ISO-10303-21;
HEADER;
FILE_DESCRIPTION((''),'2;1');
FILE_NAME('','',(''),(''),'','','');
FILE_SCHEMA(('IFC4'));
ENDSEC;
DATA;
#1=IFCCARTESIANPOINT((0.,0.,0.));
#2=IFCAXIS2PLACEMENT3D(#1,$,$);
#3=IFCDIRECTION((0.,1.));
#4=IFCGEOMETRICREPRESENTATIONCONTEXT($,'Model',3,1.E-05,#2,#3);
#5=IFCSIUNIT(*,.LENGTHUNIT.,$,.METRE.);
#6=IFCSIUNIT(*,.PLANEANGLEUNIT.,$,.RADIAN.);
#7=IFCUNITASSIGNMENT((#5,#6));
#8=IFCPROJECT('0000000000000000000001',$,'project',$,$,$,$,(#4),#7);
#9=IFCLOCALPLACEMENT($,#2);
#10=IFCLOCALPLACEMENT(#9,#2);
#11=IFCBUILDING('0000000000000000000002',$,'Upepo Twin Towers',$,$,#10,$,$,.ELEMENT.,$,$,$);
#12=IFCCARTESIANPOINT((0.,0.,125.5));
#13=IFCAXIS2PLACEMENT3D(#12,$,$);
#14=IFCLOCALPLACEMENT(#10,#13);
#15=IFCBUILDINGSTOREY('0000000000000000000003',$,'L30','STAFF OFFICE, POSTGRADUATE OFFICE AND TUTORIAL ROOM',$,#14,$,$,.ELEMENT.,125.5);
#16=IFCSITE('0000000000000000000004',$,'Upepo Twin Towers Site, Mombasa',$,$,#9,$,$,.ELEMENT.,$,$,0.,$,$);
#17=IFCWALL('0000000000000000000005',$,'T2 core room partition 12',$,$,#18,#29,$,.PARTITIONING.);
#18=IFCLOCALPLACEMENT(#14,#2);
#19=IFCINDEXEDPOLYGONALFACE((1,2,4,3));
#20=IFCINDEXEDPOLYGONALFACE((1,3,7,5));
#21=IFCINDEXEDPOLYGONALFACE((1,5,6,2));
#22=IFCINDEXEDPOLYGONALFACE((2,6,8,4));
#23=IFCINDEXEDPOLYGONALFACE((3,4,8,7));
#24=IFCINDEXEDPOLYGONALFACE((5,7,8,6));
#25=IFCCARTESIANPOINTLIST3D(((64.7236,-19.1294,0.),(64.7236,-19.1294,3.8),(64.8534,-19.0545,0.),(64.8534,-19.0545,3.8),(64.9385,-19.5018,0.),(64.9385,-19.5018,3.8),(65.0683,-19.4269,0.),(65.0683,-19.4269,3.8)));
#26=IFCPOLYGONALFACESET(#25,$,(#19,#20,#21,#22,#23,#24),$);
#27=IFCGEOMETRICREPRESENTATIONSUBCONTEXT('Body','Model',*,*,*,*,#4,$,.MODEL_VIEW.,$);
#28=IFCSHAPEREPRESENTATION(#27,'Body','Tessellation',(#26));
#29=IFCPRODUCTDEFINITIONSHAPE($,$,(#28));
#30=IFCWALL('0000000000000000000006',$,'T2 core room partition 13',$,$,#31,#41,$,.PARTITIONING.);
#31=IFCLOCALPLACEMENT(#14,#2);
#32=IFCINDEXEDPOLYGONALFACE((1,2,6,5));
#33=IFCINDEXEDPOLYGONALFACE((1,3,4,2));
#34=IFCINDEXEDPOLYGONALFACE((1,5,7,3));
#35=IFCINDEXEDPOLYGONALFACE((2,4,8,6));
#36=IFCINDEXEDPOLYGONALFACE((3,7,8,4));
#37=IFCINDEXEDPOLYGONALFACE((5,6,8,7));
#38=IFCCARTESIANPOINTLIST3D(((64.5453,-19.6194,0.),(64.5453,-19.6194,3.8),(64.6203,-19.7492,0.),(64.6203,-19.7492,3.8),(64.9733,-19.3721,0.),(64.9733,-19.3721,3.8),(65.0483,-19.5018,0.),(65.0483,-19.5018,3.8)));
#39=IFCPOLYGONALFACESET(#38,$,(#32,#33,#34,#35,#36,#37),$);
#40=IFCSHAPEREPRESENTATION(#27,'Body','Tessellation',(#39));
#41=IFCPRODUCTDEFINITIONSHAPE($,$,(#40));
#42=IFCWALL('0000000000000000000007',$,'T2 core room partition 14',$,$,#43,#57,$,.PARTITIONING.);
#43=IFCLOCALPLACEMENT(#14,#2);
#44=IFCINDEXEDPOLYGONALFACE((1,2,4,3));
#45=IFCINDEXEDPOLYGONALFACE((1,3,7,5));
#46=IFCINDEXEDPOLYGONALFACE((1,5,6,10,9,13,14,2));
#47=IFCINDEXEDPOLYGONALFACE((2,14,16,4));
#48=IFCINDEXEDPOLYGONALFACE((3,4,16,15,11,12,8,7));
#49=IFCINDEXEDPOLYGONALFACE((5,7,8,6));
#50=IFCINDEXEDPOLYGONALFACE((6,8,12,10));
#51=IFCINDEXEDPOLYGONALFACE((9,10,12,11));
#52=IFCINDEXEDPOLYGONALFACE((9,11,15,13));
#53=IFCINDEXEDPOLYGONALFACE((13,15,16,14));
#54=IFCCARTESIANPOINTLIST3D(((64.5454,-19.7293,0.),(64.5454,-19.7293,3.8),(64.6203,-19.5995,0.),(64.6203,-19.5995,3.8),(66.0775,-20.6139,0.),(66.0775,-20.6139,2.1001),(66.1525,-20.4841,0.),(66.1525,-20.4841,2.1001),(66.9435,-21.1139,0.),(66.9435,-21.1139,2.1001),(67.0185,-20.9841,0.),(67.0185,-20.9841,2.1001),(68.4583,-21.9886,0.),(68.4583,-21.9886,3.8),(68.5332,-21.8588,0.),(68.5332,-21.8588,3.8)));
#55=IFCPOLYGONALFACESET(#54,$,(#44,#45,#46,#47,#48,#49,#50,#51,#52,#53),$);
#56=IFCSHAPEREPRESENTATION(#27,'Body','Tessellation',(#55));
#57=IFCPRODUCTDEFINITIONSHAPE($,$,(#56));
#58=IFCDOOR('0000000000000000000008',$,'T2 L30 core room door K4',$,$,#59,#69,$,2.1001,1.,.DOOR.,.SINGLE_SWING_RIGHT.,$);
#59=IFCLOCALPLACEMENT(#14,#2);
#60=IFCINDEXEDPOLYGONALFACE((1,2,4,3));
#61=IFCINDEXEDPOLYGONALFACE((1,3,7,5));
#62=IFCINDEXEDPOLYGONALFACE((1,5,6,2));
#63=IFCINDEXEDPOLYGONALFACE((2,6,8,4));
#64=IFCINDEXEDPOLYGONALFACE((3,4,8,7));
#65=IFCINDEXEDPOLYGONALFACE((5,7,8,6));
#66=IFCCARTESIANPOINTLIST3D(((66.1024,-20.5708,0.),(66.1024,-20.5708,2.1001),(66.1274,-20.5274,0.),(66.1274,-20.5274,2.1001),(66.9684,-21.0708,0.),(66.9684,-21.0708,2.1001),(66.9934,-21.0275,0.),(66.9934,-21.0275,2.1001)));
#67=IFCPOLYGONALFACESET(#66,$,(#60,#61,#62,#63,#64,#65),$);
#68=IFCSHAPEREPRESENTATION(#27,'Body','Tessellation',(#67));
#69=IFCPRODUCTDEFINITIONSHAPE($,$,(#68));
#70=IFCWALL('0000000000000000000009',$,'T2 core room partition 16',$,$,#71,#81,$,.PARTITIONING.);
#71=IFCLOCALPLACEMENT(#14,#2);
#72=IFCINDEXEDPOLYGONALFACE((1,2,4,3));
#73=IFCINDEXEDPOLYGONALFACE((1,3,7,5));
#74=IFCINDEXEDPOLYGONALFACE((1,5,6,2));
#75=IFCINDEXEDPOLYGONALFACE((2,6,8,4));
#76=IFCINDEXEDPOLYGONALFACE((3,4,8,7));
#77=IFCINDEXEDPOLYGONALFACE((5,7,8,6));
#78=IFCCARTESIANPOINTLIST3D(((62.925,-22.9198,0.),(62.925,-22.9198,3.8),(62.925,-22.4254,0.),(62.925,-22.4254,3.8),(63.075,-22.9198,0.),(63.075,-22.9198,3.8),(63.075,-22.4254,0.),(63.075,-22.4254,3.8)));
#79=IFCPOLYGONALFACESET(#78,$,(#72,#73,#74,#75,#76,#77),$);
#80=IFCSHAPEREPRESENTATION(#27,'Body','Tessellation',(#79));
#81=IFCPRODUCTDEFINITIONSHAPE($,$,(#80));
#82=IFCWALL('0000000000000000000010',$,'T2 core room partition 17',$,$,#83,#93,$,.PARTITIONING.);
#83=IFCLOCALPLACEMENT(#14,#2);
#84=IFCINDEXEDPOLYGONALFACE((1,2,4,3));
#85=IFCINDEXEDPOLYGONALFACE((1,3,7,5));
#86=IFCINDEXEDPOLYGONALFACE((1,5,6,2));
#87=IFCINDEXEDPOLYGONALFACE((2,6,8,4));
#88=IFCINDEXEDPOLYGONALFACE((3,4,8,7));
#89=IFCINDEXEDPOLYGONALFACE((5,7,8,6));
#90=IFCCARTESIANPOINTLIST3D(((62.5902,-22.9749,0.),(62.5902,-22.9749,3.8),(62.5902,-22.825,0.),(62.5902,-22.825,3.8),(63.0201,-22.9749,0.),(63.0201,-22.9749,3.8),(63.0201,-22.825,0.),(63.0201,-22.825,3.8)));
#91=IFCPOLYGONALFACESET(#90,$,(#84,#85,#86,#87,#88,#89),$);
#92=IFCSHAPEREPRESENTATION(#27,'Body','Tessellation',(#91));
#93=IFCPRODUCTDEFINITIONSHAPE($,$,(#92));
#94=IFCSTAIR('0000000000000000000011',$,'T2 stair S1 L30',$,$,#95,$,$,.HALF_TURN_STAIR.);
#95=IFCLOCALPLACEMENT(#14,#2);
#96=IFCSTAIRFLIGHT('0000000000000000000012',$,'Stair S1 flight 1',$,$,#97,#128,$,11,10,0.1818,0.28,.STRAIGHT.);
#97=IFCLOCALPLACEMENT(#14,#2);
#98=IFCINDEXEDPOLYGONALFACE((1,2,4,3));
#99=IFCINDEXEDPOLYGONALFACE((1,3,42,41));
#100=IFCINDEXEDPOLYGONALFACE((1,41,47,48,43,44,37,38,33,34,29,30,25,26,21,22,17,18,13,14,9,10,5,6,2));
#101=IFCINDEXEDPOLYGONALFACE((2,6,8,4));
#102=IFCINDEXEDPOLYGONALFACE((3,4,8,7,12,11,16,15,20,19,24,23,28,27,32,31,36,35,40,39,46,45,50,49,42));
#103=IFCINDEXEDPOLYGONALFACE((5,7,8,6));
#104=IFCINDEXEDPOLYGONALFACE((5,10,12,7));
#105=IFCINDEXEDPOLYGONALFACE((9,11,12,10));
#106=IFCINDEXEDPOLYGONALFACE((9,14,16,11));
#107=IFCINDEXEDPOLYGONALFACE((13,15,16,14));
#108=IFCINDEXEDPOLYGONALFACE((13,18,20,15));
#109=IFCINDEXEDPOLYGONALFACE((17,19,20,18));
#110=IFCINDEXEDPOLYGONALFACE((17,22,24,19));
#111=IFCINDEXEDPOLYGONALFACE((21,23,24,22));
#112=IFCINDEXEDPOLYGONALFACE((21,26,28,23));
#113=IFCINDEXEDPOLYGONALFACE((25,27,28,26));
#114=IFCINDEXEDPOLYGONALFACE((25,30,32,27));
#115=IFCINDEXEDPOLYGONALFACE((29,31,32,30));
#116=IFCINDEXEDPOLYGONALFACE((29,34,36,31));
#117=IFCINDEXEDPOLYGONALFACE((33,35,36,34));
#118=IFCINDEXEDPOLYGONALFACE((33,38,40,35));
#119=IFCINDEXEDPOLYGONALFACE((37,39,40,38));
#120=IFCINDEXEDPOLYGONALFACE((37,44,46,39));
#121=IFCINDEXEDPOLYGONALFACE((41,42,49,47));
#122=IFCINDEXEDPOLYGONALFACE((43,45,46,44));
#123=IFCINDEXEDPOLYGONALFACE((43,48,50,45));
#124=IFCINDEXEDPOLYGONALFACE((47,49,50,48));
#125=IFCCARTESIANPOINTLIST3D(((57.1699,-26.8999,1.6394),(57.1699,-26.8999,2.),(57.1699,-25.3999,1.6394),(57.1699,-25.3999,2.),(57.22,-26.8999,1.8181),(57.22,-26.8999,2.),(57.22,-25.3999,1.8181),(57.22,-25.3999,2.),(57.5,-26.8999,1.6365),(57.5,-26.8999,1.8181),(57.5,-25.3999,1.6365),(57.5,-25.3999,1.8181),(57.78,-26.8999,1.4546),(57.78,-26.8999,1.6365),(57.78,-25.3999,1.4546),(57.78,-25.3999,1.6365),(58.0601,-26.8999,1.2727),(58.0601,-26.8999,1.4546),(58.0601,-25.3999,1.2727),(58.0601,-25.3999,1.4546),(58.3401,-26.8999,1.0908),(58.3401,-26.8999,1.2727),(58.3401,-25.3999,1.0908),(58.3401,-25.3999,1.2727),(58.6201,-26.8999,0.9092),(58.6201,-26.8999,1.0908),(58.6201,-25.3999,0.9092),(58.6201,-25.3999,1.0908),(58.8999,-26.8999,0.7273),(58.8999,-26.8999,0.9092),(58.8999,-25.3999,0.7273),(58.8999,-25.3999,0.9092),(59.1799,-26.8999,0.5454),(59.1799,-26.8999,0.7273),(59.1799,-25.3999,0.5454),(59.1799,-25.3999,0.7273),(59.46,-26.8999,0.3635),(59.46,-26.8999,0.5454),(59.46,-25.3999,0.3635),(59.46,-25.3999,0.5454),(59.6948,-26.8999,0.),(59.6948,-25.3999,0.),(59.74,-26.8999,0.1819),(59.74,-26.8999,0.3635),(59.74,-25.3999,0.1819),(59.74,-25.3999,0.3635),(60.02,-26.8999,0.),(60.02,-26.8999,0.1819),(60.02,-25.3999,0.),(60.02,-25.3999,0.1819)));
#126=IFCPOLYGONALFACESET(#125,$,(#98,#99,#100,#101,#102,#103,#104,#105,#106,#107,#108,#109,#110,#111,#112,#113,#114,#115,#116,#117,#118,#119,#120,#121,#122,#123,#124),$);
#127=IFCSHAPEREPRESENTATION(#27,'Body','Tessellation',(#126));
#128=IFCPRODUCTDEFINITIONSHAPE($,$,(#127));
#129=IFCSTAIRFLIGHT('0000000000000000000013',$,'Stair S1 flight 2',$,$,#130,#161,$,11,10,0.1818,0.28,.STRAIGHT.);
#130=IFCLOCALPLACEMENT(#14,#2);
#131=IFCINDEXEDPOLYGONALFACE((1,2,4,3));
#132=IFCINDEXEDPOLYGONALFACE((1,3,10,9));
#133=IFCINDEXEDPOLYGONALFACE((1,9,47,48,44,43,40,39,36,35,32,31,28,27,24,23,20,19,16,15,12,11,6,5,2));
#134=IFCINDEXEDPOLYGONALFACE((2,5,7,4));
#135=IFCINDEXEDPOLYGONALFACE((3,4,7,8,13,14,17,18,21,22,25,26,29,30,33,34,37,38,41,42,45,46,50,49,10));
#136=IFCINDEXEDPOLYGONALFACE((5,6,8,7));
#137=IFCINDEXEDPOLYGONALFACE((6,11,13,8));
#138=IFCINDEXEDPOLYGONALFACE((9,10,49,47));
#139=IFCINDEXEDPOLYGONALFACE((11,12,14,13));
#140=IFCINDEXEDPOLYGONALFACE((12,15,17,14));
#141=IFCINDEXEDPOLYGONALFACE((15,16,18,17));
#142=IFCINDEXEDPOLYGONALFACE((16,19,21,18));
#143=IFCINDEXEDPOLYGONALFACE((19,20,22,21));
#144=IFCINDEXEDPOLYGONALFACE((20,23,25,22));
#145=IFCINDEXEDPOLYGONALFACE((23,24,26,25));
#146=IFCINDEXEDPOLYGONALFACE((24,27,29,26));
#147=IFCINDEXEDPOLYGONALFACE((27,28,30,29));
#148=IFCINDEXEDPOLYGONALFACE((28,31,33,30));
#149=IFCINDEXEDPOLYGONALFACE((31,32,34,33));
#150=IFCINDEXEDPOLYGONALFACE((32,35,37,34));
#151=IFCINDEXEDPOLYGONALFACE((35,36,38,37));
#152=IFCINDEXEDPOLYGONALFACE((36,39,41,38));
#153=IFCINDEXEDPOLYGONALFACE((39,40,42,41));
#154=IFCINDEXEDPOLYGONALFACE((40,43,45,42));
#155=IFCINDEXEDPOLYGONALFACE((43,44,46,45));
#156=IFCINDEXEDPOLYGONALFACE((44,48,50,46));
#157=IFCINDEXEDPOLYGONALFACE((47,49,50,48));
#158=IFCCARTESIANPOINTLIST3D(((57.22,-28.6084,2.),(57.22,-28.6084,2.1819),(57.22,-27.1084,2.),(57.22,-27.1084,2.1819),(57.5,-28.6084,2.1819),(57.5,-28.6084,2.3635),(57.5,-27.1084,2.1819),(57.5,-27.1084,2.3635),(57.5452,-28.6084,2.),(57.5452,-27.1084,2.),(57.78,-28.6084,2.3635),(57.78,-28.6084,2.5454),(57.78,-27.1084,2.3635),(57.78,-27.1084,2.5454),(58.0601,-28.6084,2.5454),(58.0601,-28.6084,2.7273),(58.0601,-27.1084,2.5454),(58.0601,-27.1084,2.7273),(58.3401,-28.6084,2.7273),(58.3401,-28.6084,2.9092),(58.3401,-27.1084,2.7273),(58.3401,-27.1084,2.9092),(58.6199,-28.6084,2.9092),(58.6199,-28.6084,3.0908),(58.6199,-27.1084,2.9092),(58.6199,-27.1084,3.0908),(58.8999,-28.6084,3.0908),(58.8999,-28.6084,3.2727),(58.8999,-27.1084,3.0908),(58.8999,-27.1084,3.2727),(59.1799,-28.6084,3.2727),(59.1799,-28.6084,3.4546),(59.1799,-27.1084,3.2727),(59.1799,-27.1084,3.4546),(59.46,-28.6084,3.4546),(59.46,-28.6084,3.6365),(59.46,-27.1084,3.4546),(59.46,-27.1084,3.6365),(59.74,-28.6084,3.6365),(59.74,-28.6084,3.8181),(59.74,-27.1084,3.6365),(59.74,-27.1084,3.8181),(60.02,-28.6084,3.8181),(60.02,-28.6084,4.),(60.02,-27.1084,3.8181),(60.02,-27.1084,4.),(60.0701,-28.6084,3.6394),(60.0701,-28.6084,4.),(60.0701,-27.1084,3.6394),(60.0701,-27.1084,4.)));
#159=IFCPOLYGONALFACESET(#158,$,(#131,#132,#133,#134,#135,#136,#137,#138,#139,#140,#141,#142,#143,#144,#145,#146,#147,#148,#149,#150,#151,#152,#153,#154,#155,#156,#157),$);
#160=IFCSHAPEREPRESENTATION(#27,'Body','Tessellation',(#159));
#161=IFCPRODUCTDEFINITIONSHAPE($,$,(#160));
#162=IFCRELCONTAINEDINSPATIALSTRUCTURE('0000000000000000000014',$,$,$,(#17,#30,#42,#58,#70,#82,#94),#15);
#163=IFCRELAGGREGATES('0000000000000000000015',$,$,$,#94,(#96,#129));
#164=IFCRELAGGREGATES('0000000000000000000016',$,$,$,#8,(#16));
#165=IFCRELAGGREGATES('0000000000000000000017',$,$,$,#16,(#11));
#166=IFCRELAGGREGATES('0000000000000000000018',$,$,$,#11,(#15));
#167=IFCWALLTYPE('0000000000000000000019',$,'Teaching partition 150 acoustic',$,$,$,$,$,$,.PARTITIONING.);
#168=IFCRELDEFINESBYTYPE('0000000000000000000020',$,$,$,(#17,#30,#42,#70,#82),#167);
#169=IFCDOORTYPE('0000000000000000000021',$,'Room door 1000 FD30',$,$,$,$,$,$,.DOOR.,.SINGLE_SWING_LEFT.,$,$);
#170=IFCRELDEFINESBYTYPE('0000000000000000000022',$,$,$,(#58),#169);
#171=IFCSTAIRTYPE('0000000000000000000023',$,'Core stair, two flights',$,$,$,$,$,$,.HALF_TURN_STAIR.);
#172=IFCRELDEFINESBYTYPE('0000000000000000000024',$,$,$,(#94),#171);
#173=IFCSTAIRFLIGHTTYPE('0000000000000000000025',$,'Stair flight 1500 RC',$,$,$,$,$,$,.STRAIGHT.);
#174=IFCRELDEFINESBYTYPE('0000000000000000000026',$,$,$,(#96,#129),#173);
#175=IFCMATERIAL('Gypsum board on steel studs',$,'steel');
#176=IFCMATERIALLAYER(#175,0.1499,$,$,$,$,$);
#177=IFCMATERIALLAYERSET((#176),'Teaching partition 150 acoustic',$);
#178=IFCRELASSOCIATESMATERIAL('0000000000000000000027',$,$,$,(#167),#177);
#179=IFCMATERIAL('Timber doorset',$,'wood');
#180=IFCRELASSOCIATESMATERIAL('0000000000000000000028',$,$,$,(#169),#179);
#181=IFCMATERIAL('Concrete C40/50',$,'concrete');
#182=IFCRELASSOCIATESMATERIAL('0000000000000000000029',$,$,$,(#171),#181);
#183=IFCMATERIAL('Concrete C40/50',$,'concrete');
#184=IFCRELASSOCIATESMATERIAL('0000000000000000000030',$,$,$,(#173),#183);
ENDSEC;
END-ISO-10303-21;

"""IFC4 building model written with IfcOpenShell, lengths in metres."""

from ifc_helpers import new_model, si_unit, direction, frame, frame_2d, origin, place, context, subcontext, project, spatial, polyline, rectangle, outline, extrude, material, layer, layer_set, type_object, element, fill, aggregate, save


model = new_model("IFC4")

# Units and contexts
model_context = context("Model", 3, precision=1e-05, world=origin(), true_north=direction((0.0, 1.0)))
body_context = subcontext(model_context, "Body", "Model", "MODEL_VIEW")
ifc_project = project(units=[si_unit("LENGTHUNIT", "METRE"), si_unit("PLANEANGLEUNIT", "RADIAN")], contexts=[model_context])

# Site, building, storey
site_placement = place(None, origin())
site = spatial("IfcSite", under=ifc_project, at=site_placement, Name="Upepo Twin Towers Site, Mombasa", CompositionType="ELEMENT", RefElevation=0.0)
building_placement = place(site_placement, origin())
building = spatial("IfcBuilding", under=site, at=building_placement, Name="Upepo Twin Towers", CompositionType="ELEMENT")
storey_placement = place(building_placement, frame((0.0, 0.0, 125.5)))
storey = spatial("IfcBuildingStorey", under=building, at=storey_placement, Name="L30", Description="STAFF OFFICE, POSTGRADUATE OFFICE AND TUTORIAL ROOM", CompositionType="ELEMENT", Elevation=125.5)

# Walls
ifc_material_1 = material(Name="Gypsum board on steel studs", Category="steel")
ifc_layer_1 = layer(ifc_material_1, 0.1499)
ifc_layer_set_1 = layer_set([ifc_layer_1], Name="Teaching partition 150 acoustic")
wall_type_1 = type_object("IfcWallType", Name="Teaching partition 150 acoustic", PredefinedType="PARTITIONING", material=ifc_layer_set_1)
wall_1_placement = place(storey_placement, frame((64.7886, -19.092, 0.0), z_axis=(0.0, 0.0, 1.0), x_axis=(0.499804, -0.866138, 0.0)))
element("IfcWall", 1, at=wall_1_placement, inside=storey, type_object=wall_type_1, Name="T2 core room partition 12", PredefinedType="PARTITIONING", context=body_context, shape_type="SweptSolid", body=[
    extrude(rectangle(XDim=0.4299, YDim=0.1499, at=frame_2d((0.2148, 0.0))), origin(), (0.0, 0.0, 1.0), 3.8),
])
wall_2_placement = place(storey_placement, frame((65.0107, -19.437, 0.0), z_axis=(0.0, 0.0, 1.0), x_axis=(-0.865832, -0.500335, 0.0)))
element("IfcWall", 2, at=wall_2_placement, inside=storey, type_object=wall_type_1, Name="T2 core room partition 13", PredefinedType="PARTITIONING", context=body_context, shape_type="SweptSolid", body=[
    extrude(rectangle(XDim=0.4944, YDim=0.1499, at=frame_2d((0.2471, 0.0))), origin(), (0.0, 0.0, 1.0), 3.8),
])

# Wall, opening, door
wall_3_placement = place(storey_placement, frame((64.5828, -19.6643, 0.0), z_axis=(0.0, 0.0, 1.0), x_axis=(0.866007, -0.500033, 0.0)))
wall_3 = element("IfcWall", 3, at=wall_3_placement, inside=storey, type_object=wall_type_1, Name="T2 core room partition 14", PredefinedType="PARTITIONING", context=body_context, shape_type="SweptSolid", body=[
    extrude(rectangle(XDim=4.5183, YDim=0.1499, at=frame_2d((2.2593, 0.0))), origin(), (0.0, 0.0, 1.0), 3.8),
])
opening_1_placement = place(wall_3_placement, frame((1.7693, 0.0, 0.0)))
opening_1 = element("IfcOpeningElement", 4, at=opening_1_placement, cuts=wall_3, PredefinedType="OPENING", context=body_context, shape_type="SweptSolid", body=[
    extrude(rectangle(XDim=1.0, YDim=2.1001, at=frame_2d((0.5, 1.05))), frame((0.0, 0.085, 0.0), z_axis=(0.0, -1.0, 0.0), x_axis=(1.0, 0.0, 0.0)), (0.0, 0.0, 1.0), 0.1699),
])
ifc_material_2 = material(Name="Timber doorset", Category="wood")
door_type_1 = type_object("IfcDoorType", Name="Room door 1000 FD30", OperationType="SINGLE_SWING_LEFT", PredefinedType="DOOR", material=ifc_material_2)
door_1_placement = place(opening_1_placement, origin())
door_1 = element("IfcDoor", 5, at=door_1_placement, inside=storey, type_object=door_type_1, Name="T2 L30 core room door K4", OperationType="SINGLE_SWING_RIGHT", OverallHeight=2.1001, OverallWidth=1.0, PredefinedType="DOOR", context=body_context, shape_type="SweptSolid", body=[
    extrude(rectangle(XDim=1.0, YDim=2.1001, at=frame_2d((0.5, 1.05))), frame((0.0, 0.0249, 0.0), z_axis=(0.0, -1.0, 0.0), x_axis=(1.0, 0.0, 0.0)), (0.0, 0.0, 1.0), 0.05),
])
fill(opening_1, door_1)

# Walls
wall_4_placement = place(storey_placement, frame((63.0, -22.4255, 0.0), z_axis=(0.0, 0.0, 1.0), x_axis=(0.0, -1.0, 0.0)))
element("IfcWall", 6, at=wall_4_placement, inside=storey, type_object=wall_type_1, Name="T2 core room partition 16", PredefinedType="PARTITIONING", context=body_context, shape_type="SweptSolid", body=[
    extrude(rectangle(XDim=0.4944, YDim=0.1499, at=frame_2d((0.2471, 0.0))), origin(), (0.0, 0.0, 1.0), 3.8),
])
wall_5_placement = place(storey_placement, frame((63.02, -22.8999, 0.0), z_axis=(0.0, 0.0, 1.0), x_axis=(-1.0, 0.0, 0.0)))
element("IfcWall", 7, at=wall_5_placement, inside=storey, type_object=wall_type_1, Name="T2 core room partition 17", PredefinedType="PARTITIONING", context=body_context, shape_type="SweptSolid", body=[
    extrude(rectangle(XDim=0.4299, YDim=0.1499, at=frame_2d((0.2148, 0.0))), origin(), (0.0, 0.0, 1.0), 3.8),
])

# Stair, stair flights
ifc_material_3 = material(Name="Concrete C40/50", Category="concrete")
stair_type = type_object("IfcStairType", Name="Core stair, two flights", PredefinedType="HALF_TURN_STAIR", material=ifc_material_3)
stair_placement = place(storey_placement, origin())
stair = element("IfcStair", 8, at=stair_placement, inside=storey, type_object=stair_type, Name="T2 stair S1 L30", PredefinedType="HALF_TURN_STAIR")
ifc_material_4 = material(Name="Concrete C40/50", Category="concrete")
stair_flight_type = type_object("IfcStairFlightType", Name="Stair flight 1500 RC", PredefinedType="STRAIGHT", material=ifc_material_4)
stair_flight_1_placement = place(storey_placement, frame((60.02, -26.1499, 0.0), z_axis=(0.0, 0.0, 1.0), x_axis=(-1.0, 0.0, 0.0)))
stair_flight_1 = element("IfcStairFlight", 9, at=stair_flight_1_placement, type_object=stair_flight_type, Name="Stair S1 flight 1", NumberOfRisers=11, NumberOfTreads=10, PredefinedType="STRAIGHT", RiserHeight=0.1818, TreadLength=0.28, context=body_context, shape_type="SweptSolid", body=[
    extrude(outline(polyline([(0.0, 0.0), (0.0, 0.1819), (0.28, 0.1819), (0.28, 0.3635), (0.5601, 0.3635), (0.5601, 0.5454), (0.8401, 0.5454), (0.8401, 0.7273), (1.1201, 0.7273), (1.1201, 0.9092), (1.3999, 0.9092), (1.3999, 1.0908), (1.6799, 1.0908), (1.6799, 1.2727), (1.96, 1.2727), (1.96, 1.4546), (2.24, 1.4546), (2.24, 1.6365), (2.52, 1.6365), (2.52, 1.8181), (2.8, 1.8181), (2.8, 2.0), (2.8501, 2.0), (2.8501, 1.6394), (0.3252, 0.0), (0.0, 0.0)])), frame((0.0, 0.75, 0.0), z_axis=(0.0, -1.0, 0.0), x_axis=(1.0, 0.0, 0.0)), (0.0, 0.0, 1.0), 1.5),
])
stair_flight_2_placement = place(storey_placement, frame((57.22, -27.8584, 2.0), z_axis=(0.0, 0.0, 1.0), x_axis=(1.0, 0.0, 0.0)))
stair_flight_2 = element("IfcStairFlight", 10, at=stair_flight_2_placement, type_object=stair_flight_type, Name="Stair S1 flight 2", NumberOfRisers=11, NumberOfTreads=10, PredefinedType="STRAIGHT", RiserHeight=0.1818, TreadLength=0.28, context=body_context, shape_type="SweptSolid", body=[
    extrude(outline(polyline([(0.0, 0.0), (0.0, 0.1819), (0.28, 0.1819), (0.28, 0.3635), (0.5601, 0.3635), (0.5601, 0.5454), (0.8401, 0.5454), (0.8401, 0.7273), (1.1201, 0.7273), (1.1201, 0.9092), (1.3999, 0.9092), (1.3999, 1.0908), (1.6799, 1.0908), (1.6799, 1.2727), (1.96, 1.2727), (1.96, 1.4546), (2.24, 1.4546), (2.24, 1.6365), (2.52, 1.6365), (2.52, 1.8181), (2.8, 1.8181), (2.8, 2.0), (2.8501, 2.0), (2.8501, 1.6394), (0.3252, 0.0), (0.0, 0.0)])), frame((0.0, 0.75, 0.0), z_axis=(0.0, -1.0, 0.0), x_axis=(1.0, 0.0, 0.0)), (0.0, 0.0, 1.0), 1.5),
])
aggregate(stair, [stair_flight_1, stair_flight_2])

save(model, "model.ifc")
